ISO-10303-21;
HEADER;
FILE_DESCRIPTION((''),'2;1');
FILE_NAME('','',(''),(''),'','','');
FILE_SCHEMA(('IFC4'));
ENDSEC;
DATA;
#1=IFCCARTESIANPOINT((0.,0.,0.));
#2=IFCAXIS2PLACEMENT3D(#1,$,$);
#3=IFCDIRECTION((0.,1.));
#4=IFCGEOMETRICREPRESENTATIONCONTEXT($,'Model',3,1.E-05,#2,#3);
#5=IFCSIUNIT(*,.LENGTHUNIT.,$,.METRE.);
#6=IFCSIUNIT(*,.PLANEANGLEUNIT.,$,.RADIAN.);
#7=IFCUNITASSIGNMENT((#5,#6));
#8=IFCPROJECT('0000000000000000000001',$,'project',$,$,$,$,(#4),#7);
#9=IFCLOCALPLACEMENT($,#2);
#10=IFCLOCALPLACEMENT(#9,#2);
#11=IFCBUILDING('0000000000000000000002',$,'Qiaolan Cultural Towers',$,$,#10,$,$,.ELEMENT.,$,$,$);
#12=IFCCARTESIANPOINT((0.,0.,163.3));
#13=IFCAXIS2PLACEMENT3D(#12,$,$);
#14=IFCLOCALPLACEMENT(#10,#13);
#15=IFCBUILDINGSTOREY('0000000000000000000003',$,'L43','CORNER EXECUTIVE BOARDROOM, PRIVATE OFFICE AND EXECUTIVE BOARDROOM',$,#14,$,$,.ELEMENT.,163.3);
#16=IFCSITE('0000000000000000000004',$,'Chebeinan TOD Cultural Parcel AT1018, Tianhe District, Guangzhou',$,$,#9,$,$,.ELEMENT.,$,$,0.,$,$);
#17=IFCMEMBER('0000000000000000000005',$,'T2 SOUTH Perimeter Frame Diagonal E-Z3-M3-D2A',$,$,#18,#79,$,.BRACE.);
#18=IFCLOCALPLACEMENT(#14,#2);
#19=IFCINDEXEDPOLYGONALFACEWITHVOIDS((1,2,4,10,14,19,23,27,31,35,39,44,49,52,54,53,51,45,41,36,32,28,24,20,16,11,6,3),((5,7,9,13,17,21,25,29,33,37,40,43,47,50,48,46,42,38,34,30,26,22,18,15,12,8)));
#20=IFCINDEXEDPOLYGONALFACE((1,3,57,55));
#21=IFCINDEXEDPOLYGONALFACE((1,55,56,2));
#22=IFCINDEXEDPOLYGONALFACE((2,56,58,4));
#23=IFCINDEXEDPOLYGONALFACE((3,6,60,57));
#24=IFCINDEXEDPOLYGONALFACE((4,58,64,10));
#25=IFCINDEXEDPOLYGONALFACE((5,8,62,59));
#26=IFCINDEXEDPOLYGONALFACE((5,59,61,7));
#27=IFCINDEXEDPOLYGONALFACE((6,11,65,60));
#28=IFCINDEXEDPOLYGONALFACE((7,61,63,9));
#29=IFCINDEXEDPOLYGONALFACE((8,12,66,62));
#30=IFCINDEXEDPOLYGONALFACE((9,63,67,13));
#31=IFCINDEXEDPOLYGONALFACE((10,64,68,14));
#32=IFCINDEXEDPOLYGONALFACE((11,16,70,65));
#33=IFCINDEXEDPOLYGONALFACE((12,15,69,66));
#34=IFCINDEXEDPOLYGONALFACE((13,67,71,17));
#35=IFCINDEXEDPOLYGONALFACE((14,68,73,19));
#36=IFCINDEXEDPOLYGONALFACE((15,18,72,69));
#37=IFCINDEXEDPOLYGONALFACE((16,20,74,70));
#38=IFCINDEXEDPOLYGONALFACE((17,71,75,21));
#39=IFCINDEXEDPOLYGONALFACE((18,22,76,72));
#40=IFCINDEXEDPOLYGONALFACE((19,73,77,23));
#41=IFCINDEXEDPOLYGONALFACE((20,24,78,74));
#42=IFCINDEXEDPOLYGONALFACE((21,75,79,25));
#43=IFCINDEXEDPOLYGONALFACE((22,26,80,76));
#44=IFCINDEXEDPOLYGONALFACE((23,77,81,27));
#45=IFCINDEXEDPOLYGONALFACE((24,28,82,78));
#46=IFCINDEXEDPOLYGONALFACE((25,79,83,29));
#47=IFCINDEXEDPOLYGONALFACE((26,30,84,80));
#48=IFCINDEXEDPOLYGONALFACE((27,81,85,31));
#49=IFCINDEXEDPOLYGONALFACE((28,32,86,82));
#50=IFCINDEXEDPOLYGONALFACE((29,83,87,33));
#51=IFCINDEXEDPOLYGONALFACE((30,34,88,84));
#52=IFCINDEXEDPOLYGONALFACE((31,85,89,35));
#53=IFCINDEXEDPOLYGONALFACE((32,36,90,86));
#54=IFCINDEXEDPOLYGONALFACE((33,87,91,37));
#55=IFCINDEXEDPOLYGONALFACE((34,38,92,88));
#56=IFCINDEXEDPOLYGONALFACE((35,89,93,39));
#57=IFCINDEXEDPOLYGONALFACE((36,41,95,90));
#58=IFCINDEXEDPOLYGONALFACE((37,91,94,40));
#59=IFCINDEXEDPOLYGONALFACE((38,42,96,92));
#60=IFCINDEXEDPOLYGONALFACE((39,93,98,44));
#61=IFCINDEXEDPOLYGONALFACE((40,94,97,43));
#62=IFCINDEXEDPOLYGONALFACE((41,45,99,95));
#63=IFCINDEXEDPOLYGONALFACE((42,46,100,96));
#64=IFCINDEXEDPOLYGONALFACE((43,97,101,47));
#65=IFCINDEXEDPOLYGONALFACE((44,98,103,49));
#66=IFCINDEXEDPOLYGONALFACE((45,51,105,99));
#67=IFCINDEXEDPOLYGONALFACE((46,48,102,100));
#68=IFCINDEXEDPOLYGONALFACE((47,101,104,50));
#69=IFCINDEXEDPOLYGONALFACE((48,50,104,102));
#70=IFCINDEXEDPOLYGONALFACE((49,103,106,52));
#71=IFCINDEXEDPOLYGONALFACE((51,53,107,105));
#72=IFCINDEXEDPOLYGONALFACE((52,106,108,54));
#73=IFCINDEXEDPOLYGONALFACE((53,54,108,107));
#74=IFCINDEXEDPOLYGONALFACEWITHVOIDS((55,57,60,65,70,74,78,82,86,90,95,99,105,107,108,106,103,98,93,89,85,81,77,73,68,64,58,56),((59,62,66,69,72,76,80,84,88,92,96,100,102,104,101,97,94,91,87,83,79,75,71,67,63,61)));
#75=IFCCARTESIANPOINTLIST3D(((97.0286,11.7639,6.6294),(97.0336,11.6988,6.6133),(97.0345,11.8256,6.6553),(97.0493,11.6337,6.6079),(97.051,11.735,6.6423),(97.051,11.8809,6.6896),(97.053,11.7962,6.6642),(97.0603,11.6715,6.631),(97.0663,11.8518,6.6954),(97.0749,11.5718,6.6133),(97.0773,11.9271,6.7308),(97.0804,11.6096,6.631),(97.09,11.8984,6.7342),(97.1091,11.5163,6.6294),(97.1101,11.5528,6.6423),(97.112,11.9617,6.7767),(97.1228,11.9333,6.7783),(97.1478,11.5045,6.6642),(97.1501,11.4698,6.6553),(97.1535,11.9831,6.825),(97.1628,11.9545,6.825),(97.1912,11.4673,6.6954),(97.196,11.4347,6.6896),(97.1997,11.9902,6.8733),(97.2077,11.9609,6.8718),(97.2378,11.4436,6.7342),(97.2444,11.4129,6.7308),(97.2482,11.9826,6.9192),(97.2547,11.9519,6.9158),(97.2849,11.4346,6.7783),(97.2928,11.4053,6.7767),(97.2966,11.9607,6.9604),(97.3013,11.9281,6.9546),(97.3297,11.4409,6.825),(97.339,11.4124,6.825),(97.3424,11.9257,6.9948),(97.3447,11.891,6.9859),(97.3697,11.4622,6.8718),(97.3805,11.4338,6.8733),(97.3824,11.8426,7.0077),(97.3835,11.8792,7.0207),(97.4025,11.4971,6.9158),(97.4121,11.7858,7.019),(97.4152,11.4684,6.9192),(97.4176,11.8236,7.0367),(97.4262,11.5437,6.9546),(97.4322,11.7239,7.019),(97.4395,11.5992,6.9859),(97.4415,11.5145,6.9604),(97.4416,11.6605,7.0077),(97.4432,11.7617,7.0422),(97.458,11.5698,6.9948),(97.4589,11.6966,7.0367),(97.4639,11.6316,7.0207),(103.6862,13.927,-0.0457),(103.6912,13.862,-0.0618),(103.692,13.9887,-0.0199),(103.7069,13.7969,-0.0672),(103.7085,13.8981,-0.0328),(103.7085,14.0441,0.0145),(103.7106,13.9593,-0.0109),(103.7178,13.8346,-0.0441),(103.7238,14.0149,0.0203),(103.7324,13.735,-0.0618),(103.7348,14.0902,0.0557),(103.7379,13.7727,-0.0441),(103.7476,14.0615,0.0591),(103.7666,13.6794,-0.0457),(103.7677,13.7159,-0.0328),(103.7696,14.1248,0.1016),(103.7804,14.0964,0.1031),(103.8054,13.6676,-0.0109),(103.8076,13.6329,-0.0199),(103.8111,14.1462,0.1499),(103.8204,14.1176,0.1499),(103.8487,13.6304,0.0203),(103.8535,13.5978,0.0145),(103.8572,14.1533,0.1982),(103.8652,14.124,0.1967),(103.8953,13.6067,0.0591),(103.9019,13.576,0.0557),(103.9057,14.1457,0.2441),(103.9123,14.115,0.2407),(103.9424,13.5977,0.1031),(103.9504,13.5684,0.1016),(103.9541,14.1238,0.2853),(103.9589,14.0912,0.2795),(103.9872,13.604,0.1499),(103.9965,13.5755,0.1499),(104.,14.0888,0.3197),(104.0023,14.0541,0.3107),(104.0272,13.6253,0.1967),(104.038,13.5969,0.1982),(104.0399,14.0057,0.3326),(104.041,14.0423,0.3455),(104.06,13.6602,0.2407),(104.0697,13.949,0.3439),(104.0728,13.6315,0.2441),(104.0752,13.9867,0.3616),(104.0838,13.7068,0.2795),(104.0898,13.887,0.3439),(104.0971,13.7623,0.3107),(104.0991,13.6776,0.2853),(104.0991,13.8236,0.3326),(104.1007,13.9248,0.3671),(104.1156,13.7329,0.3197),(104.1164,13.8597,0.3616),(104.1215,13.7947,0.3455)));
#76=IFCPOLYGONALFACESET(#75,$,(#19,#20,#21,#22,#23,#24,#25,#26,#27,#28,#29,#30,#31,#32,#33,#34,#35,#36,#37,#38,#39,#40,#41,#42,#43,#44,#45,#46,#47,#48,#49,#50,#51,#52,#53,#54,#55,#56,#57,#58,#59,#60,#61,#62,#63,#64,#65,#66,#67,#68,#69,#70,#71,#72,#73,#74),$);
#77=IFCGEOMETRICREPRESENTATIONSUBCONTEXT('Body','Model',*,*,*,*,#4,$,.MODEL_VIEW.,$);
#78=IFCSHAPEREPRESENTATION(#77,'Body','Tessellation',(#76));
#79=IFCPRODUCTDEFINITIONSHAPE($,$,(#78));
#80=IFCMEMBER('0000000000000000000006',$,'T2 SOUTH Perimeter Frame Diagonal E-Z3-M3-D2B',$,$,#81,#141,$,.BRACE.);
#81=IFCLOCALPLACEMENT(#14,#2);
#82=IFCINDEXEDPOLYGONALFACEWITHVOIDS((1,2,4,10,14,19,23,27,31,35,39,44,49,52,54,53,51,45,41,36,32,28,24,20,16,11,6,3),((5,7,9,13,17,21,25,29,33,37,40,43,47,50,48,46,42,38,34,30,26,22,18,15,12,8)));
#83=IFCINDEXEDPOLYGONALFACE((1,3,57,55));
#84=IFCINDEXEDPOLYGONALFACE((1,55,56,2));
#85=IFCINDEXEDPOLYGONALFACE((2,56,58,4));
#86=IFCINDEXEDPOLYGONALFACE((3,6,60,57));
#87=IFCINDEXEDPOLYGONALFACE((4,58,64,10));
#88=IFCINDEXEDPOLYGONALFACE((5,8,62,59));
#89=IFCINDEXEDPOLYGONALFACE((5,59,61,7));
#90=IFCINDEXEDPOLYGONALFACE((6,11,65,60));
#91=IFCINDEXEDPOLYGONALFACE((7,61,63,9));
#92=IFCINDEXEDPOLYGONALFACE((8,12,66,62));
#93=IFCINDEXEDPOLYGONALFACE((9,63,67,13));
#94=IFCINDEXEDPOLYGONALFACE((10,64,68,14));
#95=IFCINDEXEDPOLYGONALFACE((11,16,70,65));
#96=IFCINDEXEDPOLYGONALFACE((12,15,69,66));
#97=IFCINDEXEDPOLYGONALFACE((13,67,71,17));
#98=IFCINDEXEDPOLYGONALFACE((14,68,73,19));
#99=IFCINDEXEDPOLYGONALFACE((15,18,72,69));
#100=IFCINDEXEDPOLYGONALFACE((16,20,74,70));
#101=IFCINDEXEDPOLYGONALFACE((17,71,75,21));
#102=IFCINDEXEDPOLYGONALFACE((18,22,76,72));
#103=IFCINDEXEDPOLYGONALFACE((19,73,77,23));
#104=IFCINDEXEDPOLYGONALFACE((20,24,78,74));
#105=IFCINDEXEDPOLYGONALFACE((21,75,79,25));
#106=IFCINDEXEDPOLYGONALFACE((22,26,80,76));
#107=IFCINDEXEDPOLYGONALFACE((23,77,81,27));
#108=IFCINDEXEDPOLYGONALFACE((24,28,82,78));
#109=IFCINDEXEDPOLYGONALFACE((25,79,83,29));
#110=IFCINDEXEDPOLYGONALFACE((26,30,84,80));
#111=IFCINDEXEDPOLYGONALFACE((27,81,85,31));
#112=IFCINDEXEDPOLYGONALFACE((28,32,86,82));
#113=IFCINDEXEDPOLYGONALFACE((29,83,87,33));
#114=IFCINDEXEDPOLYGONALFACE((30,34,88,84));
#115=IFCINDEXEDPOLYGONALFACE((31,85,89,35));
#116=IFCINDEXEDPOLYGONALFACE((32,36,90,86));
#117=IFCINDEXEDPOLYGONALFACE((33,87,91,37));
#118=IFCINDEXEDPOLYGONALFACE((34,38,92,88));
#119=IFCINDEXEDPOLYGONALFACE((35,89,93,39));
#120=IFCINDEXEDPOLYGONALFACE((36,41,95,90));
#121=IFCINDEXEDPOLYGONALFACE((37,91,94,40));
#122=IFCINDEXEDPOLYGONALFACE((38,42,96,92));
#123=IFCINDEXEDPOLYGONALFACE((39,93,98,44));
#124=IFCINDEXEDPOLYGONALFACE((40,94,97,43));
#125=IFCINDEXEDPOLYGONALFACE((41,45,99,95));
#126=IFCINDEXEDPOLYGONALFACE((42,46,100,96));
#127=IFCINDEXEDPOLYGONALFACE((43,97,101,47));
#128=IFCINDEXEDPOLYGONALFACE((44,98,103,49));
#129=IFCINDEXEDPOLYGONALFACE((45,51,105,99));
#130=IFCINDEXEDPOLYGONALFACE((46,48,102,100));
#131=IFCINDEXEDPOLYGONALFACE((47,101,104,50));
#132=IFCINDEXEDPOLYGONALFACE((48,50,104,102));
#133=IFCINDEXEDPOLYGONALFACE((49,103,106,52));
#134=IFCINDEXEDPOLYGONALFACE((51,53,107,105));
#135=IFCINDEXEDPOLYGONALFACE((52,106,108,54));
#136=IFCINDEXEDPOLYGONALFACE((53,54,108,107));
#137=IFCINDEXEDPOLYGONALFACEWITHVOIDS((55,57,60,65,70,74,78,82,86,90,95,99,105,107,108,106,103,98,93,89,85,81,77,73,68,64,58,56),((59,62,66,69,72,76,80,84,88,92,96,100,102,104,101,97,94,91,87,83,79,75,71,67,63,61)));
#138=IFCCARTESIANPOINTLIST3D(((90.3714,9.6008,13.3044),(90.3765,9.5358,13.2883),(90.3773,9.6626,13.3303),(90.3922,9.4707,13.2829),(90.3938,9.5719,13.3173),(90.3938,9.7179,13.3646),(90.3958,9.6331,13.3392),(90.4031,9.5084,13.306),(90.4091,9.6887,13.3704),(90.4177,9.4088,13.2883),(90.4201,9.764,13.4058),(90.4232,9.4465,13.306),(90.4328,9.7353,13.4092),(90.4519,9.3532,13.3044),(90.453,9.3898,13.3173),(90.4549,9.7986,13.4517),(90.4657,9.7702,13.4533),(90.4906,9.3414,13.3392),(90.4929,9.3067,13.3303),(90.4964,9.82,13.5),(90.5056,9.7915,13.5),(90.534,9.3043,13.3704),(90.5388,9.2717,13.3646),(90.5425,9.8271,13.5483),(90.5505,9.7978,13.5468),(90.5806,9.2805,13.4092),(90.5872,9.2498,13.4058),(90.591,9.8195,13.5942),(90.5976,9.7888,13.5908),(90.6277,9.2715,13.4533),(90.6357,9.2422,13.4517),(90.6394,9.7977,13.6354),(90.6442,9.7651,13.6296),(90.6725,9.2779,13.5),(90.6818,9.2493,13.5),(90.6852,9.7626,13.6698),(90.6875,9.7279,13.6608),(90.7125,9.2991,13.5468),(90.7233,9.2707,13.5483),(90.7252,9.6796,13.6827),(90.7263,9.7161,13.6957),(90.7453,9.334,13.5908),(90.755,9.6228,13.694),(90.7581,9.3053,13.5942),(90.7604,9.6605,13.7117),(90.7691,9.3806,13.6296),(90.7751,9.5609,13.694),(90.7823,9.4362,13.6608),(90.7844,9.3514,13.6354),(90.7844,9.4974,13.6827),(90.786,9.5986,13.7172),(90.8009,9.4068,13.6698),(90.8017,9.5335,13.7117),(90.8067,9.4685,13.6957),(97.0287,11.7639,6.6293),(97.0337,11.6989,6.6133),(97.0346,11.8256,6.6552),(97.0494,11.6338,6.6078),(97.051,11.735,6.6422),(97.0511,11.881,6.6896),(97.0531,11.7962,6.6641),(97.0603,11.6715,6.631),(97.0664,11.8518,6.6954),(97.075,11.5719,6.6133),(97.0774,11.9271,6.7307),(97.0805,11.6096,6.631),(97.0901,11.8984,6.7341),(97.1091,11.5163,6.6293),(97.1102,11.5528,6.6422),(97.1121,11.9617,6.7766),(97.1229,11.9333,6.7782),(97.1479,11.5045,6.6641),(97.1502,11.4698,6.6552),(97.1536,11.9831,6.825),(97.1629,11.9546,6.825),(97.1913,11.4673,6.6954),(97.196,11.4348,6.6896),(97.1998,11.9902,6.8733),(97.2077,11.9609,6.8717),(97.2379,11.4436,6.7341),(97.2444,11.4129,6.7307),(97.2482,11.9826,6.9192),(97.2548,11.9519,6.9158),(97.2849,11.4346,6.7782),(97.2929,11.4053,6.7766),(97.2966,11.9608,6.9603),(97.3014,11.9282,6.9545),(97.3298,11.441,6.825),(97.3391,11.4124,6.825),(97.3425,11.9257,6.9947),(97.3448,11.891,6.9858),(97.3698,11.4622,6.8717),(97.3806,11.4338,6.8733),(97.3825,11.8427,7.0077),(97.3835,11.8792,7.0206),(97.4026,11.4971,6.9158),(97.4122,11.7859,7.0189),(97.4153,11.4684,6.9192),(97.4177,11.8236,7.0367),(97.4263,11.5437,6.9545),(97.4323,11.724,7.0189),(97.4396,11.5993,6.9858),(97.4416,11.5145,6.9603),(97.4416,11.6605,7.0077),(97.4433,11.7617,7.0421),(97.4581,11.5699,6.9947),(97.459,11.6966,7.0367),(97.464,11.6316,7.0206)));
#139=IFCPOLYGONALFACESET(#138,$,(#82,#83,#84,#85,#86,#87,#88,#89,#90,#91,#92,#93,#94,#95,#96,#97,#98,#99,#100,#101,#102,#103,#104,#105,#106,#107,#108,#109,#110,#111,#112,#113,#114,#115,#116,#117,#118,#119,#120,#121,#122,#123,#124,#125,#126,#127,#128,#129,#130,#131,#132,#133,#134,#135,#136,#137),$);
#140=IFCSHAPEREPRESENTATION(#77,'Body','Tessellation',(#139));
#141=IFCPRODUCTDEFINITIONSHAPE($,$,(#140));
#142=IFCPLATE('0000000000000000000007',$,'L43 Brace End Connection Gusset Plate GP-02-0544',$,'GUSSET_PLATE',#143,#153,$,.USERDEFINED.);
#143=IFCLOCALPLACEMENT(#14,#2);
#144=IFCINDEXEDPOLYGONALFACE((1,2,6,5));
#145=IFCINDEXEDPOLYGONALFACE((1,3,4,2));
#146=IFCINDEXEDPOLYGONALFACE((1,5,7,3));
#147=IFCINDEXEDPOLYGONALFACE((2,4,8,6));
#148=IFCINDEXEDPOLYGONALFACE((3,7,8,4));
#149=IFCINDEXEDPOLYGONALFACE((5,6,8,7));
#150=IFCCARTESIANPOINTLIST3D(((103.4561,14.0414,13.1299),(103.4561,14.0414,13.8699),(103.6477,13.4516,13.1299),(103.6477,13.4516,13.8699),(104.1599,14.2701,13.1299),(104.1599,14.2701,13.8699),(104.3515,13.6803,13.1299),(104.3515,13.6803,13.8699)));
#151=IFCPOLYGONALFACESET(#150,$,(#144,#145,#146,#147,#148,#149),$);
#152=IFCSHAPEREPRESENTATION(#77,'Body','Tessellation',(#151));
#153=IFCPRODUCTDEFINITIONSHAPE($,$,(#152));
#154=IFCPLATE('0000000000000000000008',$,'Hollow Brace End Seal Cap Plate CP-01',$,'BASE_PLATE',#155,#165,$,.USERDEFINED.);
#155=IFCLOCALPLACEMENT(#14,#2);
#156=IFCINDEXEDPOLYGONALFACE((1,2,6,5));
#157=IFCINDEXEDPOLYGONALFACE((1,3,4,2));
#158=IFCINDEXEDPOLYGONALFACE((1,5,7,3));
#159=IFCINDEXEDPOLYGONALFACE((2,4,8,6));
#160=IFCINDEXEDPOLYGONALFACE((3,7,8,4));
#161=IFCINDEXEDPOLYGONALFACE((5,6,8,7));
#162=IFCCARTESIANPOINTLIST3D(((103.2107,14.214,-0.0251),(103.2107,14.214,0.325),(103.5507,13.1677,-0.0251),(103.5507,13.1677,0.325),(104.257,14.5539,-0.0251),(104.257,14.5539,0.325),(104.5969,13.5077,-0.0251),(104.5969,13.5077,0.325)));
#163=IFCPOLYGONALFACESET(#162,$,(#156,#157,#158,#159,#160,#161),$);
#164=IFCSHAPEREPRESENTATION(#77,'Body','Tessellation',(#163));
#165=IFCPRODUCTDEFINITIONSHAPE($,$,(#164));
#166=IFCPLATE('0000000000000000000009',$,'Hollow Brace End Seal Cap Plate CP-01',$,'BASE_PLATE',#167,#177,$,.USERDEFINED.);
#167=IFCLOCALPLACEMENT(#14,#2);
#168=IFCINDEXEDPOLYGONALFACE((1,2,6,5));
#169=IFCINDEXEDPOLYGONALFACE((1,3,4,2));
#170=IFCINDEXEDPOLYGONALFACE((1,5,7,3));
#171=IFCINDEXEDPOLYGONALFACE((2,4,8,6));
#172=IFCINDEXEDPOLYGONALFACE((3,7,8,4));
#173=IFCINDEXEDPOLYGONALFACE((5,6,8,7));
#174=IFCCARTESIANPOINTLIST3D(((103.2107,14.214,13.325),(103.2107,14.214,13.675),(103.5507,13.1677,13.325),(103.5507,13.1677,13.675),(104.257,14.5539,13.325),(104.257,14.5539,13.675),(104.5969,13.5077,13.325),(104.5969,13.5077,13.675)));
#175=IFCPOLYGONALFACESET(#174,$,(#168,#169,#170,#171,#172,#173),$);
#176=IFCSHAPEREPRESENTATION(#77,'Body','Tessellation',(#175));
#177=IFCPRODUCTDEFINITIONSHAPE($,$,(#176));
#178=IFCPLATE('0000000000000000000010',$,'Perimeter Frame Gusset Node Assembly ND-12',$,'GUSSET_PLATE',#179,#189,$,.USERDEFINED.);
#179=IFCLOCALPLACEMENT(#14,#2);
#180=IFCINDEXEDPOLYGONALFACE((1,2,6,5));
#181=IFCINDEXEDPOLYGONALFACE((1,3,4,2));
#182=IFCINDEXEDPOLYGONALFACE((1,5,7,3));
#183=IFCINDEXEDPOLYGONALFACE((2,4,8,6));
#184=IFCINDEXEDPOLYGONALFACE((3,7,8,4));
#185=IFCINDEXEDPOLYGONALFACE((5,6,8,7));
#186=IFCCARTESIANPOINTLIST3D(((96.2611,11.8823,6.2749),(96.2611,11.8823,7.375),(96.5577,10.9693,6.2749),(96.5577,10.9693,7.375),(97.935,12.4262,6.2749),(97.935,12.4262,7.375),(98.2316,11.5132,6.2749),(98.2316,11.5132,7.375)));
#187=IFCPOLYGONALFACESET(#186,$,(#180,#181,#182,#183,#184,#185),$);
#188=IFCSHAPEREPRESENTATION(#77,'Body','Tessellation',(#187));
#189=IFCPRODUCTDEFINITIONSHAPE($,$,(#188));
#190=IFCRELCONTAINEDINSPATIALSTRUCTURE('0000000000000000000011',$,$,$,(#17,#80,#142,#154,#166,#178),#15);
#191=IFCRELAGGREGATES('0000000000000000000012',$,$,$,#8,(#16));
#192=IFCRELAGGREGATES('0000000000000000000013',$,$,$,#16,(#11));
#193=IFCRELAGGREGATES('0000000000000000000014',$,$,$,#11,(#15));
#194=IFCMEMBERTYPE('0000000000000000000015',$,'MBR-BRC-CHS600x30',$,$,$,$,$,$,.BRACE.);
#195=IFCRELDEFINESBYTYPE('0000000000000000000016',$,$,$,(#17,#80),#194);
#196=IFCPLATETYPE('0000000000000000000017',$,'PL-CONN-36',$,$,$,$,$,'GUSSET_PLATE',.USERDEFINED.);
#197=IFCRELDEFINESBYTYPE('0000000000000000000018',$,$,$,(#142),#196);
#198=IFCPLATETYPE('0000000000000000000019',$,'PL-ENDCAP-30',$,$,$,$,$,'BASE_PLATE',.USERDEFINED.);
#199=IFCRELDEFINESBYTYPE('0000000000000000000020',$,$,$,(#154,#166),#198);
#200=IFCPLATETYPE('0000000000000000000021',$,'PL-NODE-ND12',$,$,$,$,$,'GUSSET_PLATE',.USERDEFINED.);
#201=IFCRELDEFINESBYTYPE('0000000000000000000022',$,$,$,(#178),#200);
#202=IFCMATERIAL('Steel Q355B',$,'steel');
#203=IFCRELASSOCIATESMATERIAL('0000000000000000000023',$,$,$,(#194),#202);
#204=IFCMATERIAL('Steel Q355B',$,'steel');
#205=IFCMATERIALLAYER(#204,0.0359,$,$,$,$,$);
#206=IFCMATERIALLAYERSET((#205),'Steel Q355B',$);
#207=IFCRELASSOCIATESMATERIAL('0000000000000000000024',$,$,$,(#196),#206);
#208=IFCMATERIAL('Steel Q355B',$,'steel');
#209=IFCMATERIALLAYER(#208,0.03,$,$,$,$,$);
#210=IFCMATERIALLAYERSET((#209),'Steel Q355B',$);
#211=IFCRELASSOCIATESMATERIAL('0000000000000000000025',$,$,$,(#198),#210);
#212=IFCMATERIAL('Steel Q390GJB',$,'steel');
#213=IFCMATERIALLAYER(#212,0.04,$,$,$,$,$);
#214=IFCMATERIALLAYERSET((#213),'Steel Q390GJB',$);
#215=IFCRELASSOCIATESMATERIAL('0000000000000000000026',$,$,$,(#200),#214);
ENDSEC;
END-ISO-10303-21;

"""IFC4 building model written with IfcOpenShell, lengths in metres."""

from ifc_helpers import new_model, si_unit, direction, frame, origin, origin_2d, place, context, subcontext, project, spatial, rectangle, hollow_circle, extrude, material, layer, layer_set, material_profile, profile_set, type_object, element, save


model = new_model("IFC4")

# Units and contexts
model_context = context("Model", 3, precision=1e-05, world=origin(), true_north=direction((0.0, 1.0)))
body_context = subcontext(model_context, "Body", "Model", "MODEL_VIEW")
ifc_project = project(units=[si_unit("LENGTHUNIT", "METRE"), si_unit("PLANEANGLEUNIT", "RADIAN")], contexts=[model_context])

# Site, building, storey
site_placement = place(None, origin())
site = spatial("IfcSite", under=ifc_project, at=site_placement, Name="Chebeinan TOD Cultural Parcel AT1018, Tianhe District, Guangzhou", CompositionType="ELEMENT", RefElevation=0.0)
building_placement = place(site_placement, origin())
building = spatial("IfcBuilding", under=site, at=building_placement, Name="Qiaolan Cultural Towers", CompositionType="ELEMENT")
storey_placement = place(building_placement, frame((0.0, 0.0, 163.3)))
storey = spatial("IfcBuildingStorey", under=building, at=storey_placement, Name="L43", Description="CORNER EXECUTIVE BOARDROOM, PRIVATE OFFICE AND EXECUTIVE BOARDROOM", CompositionType="ELEMENT", Elevation=163.3)

# Members
ifc_material_1 = material(Name="Steel Q355B", Category="steel")
ifc_material_profile_1 = material_profile(ifc_material_1, hollow_circle(Radius=0.3, WallThickness=0.03, at=origin_2d()), Name="CHS600x30")
ifc_profile_set_1 = profile_set([ifc_material_profile_1], Name="Steel Q355B")
member_type = type_object("IfcMemberType", Name="MBR-BRC-CHS600x30", PredefinedType="BRACE", material=ifc_profile_set_1)
for number, where, z_axis, x_axis, name in (
    (1, (103.9038, 13.8608, 0.1499), (-0.688289, -0.223633, 0.690106), (0.30901, -0.951059, 0.0), "T2 SOUTH Perimeter Frame Diagonal E-Z3-M3-D2A"),
):
    element("IfcMember", number, at=place(storey_placement, frame(where, z_axis=z_axis, x_axis=x_axis)), inside=storey, type_object=member_type, Name=name, PredefinedType="BRACE", context=body_context, shape_type="SweptSolid", body=[
        extrude(hollow_circle(Radius=0.3, WallThickness=0.03, at=origin_2d()), origin(), (0.0, 0.0, 1.0), 9.6726),
    ])
member_placement = place(storey_placement, frame((97.2463, 11.6978, 6.825), z_axis=(-0.688276, -0.223637, 0.690118), x_axis=(0.30902, -0.951056, 0.0)))
element("IfcMember", 2, at=member_placement, inside=storey, type_object=member_type, Name="T2 SOUTH Perimeter Frame Diagonal E-Z3-M3-D2B", PredefinedType="BRACE", context=body_context, shape_type="SweptSolid", body=[
    extrude(hollow_circle(Radius=0.3, WallThickness=0.03, at=origin_2d()), origin(), (0.0, 0.0, 1.0), 9.6724),
])

# Plates
ifc_material_2 = material(Name="Steel Q355B", Category="steel")
ifc_layer_1 = layer(ifc_material_2, 0.0359)
ifc_layer_set_1 = layer_set([ifc_layer_1], Name="Steel Q355B")
plate_type_1 = type_object("IfcPlateType", Name="PL-CONN-36", ElementType="GUSSET_PLATE", PredefinedType="USERDEFINED", material=ifc_layer_set_1)
plate_1_placement = place(storey_placement, frame((103.9038, 13.8608, 13.1299), z_axis=(0.0, 0.0, 1.0), x_axis=(0.951057, 0.309017, 0.0)))
element("IfcPlate", 3, at=plate_1_placement, inside=storey, type_object=plate_type_1, Name="L43 Brace End Connection Gusset Plate GP-02-0544", ObjectType="GUSSET_PLATE", PredefinedType="USERDEFINED", context=body_context, shape_type="SweptSolid", body=[
    extrude(rectangle(XDim=0.74, YDim=0.6201, at=origin_2d()), origin(), (0.0, 0.0, 1.0), 0.74),
])
ifc_material_3 = material(Name="Steel Q355B", Category="steel")
ifc_layer_2 = layer(ifc_material_3, 0.03)
ifc_layer_set_2 = layer_set([ifc_layer_2], Name="Steel Q355B")
plate_type_2 = type_object("IfcPlateType", Name="PL-ENDCAP-30", ElementType="BASE_PLATE", PredefinedType="USERDEFINED", material=ifc_layer_set_2)
for number, where, z_axis, x_axis, name in (
    (4, (103.9038, 13.8608, -0.0251), (0.0, 0.0, 1.0), (0.951057, 0.309017, 0.0), "Hollow Brace End Seal Cap Plate CP-01"),
    (5, (103.9038, 13.8608, 13.325), (0.0, 0.0, 1.0), (0.951057, 0.309017, 0.0), "Hollow Brace End Seal Cap Plate CP-01"),
):
    element("IfcPlate", number, at=place(storey_placement, frame(where, z_axis=z_axis, x_axis=x_axis)), inside=storey, type_object=plate_type_2, Name=name, ObjectType="BASE_PLATE", PredefinedType="USERDEFINED", context=body_context, shape_type="SweptSolid", body=[
        extrude(rectangle(XDim=1.1001, YDim=1.1001, at=origin_2d()), origin(), (0.0, 0.0, 1.0), 0.3501),
    ])
ifc_material_4 = material(Name="Steel Q390GJB", Category="steel")
ifc_layer_3 = layer(ifc_material_4, 0.04)
ifc_layer_set_3 = layer_set([ifc_layer_3], Name="Steel Q390GJB")
plate_type_3 = type_object("IfcPlateType", Name="PL-NODE-ND12", ElementType="GUSSET_PLATE", PredefinedType="USERDEFINED", material=ifc_layer_set_3)
plate_2_placement = place(storey_placement, frame((97.2463, 11.6978, 6.2749), z_axis=(0.0, 0.0, 1.0), x_axis=(0.951057, 0.309017, 0.0)))
element("IfcPlate", 6, at=plate_2_placement, inside=storey, type_object=plate_type_3, Name="Perimeter Frame Gusset Node Assembly ND-12", ObjectType="GUSSET_PLATE", PredefinedType="USERDEFINED", context=body_context, shape_type="SweptSolid", body=[
    extrude(rectangle(XDim=1.76, YDim=0.96, at=origin_2d()), origin(), (0.0, 0.0, 1.0), 1.1001),
])

save(model, "model.ifc")
